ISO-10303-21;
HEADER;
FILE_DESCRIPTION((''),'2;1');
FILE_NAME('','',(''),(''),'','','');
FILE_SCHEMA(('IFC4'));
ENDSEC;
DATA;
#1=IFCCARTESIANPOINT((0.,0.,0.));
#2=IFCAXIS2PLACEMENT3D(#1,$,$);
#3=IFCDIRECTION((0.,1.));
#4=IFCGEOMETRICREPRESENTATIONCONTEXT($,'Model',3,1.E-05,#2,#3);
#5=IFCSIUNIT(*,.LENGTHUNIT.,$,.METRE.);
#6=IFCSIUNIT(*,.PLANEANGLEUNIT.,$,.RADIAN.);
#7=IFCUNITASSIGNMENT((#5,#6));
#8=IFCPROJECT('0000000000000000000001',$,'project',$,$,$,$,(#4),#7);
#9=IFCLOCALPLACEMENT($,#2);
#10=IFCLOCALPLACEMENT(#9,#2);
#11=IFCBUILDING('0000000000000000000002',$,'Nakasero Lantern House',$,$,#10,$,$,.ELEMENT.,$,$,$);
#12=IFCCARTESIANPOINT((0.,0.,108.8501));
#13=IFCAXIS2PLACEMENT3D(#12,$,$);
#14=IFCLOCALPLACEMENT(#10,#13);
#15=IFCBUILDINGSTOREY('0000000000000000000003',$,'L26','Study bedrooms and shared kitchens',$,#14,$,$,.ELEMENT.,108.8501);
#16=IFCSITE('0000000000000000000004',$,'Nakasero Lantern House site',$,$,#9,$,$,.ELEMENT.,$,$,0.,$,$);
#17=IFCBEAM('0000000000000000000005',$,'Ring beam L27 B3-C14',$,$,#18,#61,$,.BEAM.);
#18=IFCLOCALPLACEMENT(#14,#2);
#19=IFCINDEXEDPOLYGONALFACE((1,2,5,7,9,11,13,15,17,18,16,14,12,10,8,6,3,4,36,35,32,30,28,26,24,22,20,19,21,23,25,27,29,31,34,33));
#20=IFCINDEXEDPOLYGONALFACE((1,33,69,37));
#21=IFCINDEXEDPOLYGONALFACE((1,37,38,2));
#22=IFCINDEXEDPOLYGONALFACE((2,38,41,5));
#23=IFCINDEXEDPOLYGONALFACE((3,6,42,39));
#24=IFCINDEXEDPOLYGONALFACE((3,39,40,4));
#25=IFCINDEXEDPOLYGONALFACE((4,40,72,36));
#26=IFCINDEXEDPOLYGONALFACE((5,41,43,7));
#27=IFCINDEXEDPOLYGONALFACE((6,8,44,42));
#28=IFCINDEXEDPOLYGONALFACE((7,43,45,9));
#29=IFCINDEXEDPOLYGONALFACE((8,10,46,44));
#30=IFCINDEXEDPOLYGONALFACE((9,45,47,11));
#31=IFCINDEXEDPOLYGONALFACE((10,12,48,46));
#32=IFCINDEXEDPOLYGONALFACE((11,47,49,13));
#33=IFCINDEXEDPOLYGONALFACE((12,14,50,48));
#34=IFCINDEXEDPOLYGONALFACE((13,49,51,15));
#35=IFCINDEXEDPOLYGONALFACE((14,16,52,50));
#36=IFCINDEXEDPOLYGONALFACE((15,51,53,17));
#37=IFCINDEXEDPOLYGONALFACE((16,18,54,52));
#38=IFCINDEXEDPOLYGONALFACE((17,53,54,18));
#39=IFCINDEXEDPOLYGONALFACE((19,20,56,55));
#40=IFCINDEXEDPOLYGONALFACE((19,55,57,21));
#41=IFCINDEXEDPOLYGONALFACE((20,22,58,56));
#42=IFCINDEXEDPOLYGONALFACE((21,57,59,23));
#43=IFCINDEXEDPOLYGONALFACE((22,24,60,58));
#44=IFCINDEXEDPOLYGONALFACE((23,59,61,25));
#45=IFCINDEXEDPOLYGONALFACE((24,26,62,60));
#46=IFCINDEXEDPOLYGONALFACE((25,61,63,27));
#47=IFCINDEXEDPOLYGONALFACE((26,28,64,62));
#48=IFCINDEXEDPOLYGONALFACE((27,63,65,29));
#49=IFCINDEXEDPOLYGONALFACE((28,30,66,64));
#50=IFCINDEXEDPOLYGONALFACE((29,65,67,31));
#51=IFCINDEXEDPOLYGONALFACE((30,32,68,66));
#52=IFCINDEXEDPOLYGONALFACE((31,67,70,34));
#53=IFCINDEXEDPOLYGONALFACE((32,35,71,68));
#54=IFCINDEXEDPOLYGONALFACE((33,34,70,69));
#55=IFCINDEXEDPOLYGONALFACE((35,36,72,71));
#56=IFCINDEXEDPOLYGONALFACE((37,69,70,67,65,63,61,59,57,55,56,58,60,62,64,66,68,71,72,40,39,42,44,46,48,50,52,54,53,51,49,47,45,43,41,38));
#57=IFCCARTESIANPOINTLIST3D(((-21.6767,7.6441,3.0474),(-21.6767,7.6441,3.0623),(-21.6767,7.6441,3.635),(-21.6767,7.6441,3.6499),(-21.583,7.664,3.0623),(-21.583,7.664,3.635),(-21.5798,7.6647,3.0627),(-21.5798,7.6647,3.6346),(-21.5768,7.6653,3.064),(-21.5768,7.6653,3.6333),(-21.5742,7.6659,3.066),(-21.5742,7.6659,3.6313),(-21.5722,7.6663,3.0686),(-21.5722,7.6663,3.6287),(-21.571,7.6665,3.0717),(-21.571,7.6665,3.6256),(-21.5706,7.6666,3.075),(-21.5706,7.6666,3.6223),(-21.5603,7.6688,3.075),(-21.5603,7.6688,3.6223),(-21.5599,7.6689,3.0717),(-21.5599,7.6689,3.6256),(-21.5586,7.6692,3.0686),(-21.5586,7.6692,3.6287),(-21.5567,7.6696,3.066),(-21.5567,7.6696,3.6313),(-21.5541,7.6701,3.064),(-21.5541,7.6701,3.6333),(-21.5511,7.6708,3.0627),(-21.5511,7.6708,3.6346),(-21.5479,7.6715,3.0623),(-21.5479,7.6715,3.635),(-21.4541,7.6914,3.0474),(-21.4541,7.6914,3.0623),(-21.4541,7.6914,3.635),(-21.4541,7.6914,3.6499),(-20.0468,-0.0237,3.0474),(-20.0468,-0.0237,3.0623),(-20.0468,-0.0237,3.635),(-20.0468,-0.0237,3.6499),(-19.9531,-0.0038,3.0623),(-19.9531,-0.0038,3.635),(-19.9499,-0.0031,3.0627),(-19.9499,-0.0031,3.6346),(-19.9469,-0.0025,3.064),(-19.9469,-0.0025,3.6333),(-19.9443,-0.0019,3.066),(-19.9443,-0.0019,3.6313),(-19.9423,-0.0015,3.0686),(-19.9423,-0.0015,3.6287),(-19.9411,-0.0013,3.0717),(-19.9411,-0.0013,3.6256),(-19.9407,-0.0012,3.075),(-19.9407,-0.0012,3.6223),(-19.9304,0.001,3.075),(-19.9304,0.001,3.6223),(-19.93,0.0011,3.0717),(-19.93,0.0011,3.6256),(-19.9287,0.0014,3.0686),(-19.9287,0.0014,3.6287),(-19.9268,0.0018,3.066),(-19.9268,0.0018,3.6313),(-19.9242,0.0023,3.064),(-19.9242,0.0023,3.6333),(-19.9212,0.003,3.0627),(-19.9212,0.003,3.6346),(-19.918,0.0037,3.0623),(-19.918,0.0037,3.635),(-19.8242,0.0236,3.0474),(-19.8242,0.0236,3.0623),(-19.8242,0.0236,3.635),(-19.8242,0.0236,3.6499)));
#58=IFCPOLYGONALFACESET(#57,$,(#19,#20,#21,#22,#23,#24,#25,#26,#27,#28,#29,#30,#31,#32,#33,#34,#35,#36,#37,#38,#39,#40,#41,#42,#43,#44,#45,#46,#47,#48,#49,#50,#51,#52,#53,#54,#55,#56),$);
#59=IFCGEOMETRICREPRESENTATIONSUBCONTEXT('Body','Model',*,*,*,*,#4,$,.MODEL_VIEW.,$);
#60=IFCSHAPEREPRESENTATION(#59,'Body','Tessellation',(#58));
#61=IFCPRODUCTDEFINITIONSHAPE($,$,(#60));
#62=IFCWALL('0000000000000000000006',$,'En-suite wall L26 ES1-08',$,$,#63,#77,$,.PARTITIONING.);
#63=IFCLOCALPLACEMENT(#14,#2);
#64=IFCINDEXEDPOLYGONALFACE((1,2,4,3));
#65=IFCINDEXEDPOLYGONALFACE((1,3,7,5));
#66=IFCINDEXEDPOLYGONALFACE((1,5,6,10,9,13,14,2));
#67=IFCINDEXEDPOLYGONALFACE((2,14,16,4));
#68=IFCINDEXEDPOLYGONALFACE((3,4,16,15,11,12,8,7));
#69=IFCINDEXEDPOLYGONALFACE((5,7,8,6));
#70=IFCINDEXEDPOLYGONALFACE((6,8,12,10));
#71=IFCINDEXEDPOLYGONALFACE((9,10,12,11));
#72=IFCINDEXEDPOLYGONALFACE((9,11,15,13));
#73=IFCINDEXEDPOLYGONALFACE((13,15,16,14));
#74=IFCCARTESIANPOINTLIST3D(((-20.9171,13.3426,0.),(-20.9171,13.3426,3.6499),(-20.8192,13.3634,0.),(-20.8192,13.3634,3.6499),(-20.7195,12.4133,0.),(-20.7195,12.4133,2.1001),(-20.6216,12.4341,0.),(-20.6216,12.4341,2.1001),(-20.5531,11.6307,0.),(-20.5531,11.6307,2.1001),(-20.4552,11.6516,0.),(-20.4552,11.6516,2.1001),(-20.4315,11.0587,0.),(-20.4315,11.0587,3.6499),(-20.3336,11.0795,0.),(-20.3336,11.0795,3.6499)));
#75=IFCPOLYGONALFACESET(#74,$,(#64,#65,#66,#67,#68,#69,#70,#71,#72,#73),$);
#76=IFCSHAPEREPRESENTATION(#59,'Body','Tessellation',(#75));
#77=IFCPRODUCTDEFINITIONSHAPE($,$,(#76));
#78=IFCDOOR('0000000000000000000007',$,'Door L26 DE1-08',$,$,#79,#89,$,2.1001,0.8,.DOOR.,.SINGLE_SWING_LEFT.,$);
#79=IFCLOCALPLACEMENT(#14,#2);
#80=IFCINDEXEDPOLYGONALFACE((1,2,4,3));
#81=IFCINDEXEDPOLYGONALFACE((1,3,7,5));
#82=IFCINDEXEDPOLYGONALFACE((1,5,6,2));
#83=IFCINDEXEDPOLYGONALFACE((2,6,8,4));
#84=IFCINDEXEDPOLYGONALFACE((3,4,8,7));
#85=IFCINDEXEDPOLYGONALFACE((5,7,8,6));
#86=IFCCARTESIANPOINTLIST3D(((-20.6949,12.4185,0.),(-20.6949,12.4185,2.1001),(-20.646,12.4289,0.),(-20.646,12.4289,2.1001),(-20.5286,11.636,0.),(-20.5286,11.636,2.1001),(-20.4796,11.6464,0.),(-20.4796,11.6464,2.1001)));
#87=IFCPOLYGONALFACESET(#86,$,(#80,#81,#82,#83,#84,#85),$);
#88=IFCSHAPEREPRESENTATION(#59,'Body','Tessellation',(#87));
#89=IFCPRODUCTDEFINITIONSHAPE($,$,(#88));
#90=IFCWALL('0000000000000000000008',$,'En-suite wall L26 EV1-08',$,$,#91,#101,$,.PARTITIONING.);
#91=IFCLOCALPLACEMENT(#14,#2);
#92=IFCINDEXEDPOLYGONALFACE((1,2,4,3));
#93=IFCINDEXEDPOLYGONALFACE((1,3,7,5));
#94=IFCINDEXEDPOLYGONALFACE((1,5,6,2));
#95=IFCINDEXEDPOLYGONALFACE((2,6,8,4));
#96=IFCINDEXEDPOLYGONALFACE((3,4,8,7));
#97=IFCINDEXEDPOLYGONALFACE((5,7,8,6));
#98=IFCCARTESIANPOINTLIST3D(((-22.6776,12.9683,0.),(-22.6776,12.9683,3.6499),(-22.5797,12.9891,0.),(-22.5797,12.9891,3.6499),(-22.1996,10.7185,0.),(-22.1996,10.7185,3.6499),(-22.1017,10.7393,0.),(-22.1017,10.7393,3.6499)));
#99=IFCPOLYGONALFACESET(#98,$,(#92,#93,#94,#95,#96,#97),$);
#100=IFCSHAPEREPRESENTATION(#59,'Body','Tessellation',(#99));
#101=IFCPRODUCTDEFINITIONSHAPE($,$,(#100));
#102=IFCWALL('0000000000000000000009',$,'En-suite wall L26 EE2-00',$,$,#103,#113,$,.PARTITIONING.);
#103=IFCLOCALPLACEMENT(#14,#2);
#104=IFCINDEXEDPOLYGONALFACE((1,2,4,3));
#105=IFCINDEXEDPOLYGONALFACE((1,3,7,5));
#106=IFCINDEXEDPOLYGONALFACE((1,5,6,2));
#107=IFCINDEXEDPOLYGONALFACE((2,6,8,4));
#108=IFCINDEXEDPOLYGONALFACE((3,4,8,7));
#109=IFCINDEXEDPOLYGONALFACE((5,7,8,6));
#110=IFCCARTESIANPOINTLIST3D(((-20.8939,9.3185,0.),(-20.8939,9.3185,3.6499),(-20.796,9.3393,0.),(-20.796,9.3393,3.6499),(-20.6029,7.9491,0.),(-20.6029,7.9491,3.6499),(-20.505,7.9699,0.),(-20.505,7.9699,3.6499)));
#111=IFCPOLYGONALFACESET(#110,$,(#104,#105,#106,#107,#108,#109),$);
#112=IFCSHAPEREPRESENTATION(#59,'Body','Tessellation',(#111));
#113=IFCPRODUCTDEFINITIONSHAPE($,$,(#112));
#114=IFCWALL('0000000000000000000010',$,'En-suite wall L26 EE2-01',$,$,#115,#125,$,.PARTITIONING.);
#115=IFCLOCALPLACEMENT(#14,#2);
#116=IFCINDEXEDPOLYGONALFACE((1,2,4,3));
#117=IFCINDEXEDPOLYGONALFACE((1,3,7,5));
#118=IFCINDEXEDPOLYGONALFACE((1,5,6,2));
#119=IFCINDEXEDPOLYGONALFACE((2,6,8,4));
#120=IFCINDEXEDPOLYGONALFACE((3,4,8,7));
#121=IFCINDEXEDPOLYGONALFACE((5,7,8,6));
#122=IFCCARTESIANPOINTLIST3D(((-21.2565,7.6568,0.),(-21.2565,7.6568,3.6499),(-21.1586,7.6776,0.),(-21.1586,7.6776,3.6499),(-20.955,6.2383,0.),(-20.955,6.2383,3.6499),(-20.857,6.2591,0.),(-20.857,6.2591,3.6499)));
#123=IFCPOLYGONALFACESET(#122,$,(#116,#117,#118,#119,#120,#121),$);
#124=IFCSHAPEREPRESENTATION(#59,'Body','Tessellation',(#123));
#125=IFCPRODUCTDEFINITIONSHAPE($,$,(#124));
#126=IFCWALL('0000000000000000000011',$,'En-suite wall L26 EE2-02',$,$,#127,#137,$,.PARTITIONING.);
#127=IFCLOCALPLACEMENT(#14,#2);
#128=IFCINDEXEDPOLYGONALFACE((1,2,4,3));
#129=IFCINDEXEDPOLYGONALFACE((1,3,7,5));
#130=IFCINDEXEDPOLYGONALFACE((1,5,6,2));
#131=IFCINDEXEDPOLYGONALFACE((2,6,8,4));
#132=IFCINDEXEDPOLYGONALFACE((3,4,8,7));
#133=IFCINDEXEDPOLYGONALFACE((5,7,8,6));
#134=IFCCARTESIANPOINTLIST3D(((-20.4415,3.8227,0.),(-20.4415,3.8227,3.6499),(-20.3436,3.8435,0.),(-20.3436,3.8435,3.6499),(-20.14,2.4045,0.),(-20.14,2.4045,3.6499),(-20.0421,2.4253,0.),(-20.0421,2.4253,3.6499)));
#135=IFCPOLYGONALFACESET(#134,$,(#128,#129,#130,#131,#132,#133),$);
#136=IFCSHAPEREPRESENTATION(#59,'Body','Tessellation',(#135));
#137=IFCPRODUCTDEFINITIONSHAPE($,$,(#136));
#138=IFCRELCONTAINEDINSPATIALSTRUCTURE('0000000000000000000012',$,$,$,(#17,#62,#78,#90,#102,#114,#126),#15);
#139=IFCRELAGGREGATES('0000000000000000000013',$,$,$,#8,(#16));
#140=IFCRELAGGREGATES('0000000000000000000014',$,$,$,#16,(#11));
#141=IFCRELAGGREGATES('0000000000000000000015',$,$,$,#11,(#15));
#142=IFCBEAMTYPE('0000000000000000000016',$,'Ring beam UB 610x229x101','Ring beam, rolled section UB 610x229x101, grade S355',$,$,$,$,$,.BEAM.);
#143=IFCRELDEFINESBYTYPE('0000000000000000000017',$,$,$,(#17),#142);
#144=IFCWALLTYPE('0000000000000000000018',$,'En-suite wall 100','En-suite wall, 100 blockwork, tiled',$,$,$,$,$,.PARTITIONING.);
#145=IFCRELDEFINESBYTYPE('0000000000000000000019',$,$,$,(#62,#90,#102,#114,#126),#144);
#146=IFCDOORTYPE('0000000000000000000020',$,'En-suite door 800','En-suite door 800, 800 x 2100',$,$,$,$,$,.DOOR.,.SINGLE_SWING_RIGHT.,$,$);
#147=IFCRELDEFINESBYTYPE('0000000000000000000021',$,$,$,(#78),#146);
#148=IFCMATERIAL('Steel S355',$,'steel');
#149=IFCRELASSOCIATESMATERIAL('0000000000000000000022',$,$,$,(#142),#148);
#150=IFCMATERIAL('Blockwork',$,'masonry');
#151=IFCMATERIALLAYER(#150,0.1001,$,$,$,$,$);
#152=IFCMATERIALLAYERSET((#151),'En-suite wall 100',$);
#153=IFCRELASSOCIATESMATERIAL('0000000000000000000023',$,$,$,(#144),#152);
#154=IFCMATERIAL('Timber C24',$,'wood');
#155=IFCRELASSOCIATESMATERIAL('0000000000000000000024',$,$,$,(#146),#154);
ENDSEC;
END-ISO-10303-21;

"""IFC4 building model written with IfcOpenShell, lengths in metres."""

from ifc_helpers import new_model, si_unit, direction, frame, frame_2d, origin, origin_2d, place, context, subcontext, project, spatial, rectangle, i_section, extrude, material, layer, layer_set, material_profile, profile_set, type_object, element, fill, save


model = new_model("IFC4")

# Units and contexts
model_context = context("Model", 3, precision=1e-05, world=origin(), true_north=direction((0.0, 1.0)))
body_context = subcontext(model_context, "Body", "Model", "MODEL_VIEW")
ifc_project = project(units=[si_unit("LENGTHUNIT", "METRE"), si_unit("PLANEANGLEUNIT", "RADIAN")], contexts=[model_context])

# Site, building, storey
site_placement = place(None, origin())
site = spatial("IfcSite", under=ifc_project, at=site_placement, Name="Nakasero Lantern House site", CompositionType="ELEMENT", RefElevation=0.0)
building_placement = place(site_placement, origin())
building = spatial("IfcBuilding", under=site, at=building_placement, Name="Nakasero Lantern House", CompositionType="ELEMENT")
storey_placement = place(building_placement, frame((0.0, 0.0, 108.8501)))
storey = spatial("IfcBuildingStorey", under=building, at=storey_placement, Name="L26", Description="Study bedrooms and shared kitchens", CompositionType="ELEMENT", Elevation=108.8501)

# Beam
ifc_material_1 = material(Name="Steel S355", Category="steel")
ifc_material_profile_1 = material_profile(ifc_material_1, i_section(OverallWidth=0.2275, OverallDepth=0.6025, WebThickness=0.0105, FlangeThickness=0.0149, FilletRadius=0.0127, at=origin_2d()), Name="UB 610x229x101")
ifc_profile_set_1 = profile_set([ifc_material_profile_1], Name="Steel S355")
beam_type_1 = type_object("IfcBeamType", Name="Ring beam UB 610x229x101", Description="Ring beam, rolled section UB 610x229x101, grade S355", PredefinedType="BEAM", material=ifc_profile_set_1)
beam_1_placement = place(storey_placement, frame((-21.5654, 7.6677, 3.3486), z_axis=(0.207919, -0.978146, 0.0), x_axis=(0.978146, 0.207919, 0.0)))
element("IfcBeam", 1, at=beam_1_placement, inside=storey, type_object=beam_type_1, Name="Ring beam L27 B3-C14", PredefinedType="BEAM", context=body_context, shape_type="SweptSolid", body=[
    extrude(i_section(OverallWidth=0.2275, OverallDepth=0.6025, WebThickness=0.0105, FlangeThickness=0.0149, FilletRadius=0.0127, at=origin_2d()), origin(), (0.0, 0.0, 1.0), 7.8391),
])

# Wall, opening, door
ifc_material_2 = material(Name="Blockwork", Category="masonry")
ifc_layer_1 = layer(ifc_material_2, 0.1001)
ifc_layer_set_1 = layer_set([ifc_layer_1], Name="En-suite wall 100")
wall_type_1 = type_object("IfcWallType", Name="En-suite wall 100", Description="En-suite wall, 100 blockwork, tiled", PredefinedType="PARTITIONING", material=ifc_layer_set_1)
wall_1_placement = place(storey_placement, frame((-20.3826, 11.0691, 0.0), z_axis=(0.0, 0.0, 1.0), x_axis=(-0.207965, 0.978136, 0.0)))
wall_1 = element("IfcWall", 2, at=wall_1_placement, inside=storey, type_object=wall_type_1, Name="En-suite wall L26 ES1-08", PredefinedType="PARTITIONING", context=body_context, shape_type="SweptSolid", body=[
    extrude(rectangle(XDim=2.335, YDim=0.1001, at=frame_2d((1.1675, 0.0))), origin(), (0.0, 0.0, 1.0), 3.6499),
])
opening_1_placement = place(wall_1_placement, frame((0.585, 0.0, 0.0)))
opening_1 = element("IfcOpeningElement", 3, at=opening_1_placement, cuts=wall_1, PredefinedType="OPENING", context=body_context, shape_type="SweptSolid", body=[
    extrude(rectangle(XDim=0.8, YDim=2.1001, at=frame_2d((0.3999, 1.05))), frame((0.0, 0.0701, 0.0), z_axis=(0.0, -1.0, 0.0), x_axis=(1.0, 0.0, 0.0)), (0.0, 0.0, 1.0), 0.1401),
])
ifc_material_3 = material(Name="Timber C24", Category="wood")
door_type_1 = type_object("IfcDoorType", Name="En-suite door 800", Description="En-suite door 800, 800 x 2100", OperationType="SINGLE_SWING_RIGHT", PredefinedType="DOOR", material=ifc_material_3)
door_1_placement = place(opening_1_placement, origin())
door_1 = element("IfcDoor", 4, at=door_1_placement, inside=storey, type_object=door_type_1, Name="Door L26 DE1-08", OperationType="SINGLE_SWING_LEFT", OverallHeight=2.1001, OverallWidth=0.8, PredefinedType="DOOR", context=body_context, shape_type="SweptSolid", body=[
    extrude(rectangle(XDim=0.8, YDim=2.1001, at=frame_2d((0.3999, 1.05))), frame((0.0, 0.0249, 0.0), z_axis=(0.0, -1.0, 0.0), x_axis=(1.0, 0.0, 0.0)), (0.0, 0.0, 1.0), 0.05),
])
fill(opening_1, door_1)

# Walls
wall_2_placement = place(storey_placement, frame((-22.1506, 10.729, 0.0), z_axis=(0.0, 0.0, 1.0), x_axis=(-0.20784, 0.978163, 0.0)))
element("IfcWall", 5, at=wall_2_placement, inside=storey, type_object=wall_type_1, Name="En-suite wall L26 EV1-08", PredefinedType="PARTITIONING", context=body_context, shape_type="SweptSolid", body=[
    extrude(rectangle(XDim=2.3, YDim=0.1001, at=frame_2d((1.1499, 0.0))), origin(), (0.0, 0.0, 1.0), 3.6499),
])
wall_3_placement = place(storey_placement, frame((-20.845, 9.3289, 0.0), z_axis=(0.0, 0.0, 1.0), x_axis=(0.207873, -0.978156, 0.0)))
element("IfcWall", 6, at=wall_3_placement, inside=storey, type_object=wall_type_1, Name="En-suite wall L26 EE2-00", PredefinedType="PARTITIONING", context=body_context, shape_type="SweptSolid", body=[
    extrude(rectangle(XDim=1.3999, YDim=0.1001, at=frame_2d((0.7, 0.0))), origin(), (0.0, 0.0, 1.0), 3.6499),
])
wall_4_placement = place(storey_placement, frame((-21.2075, 7.6672, 0.0), z_axis=(0.0, 0.0, 1.0), x_axis=(0.207919, -0.978146, 0.0)))
element("IfcWall", 7, at=wall_4_placement, inside=storey, type_object=wall_type_1, Name="En-suite wall L26 EE2-01", PredefinedType="PARTITIONING", context=body_context, shape_type="SweptSolid", body=[
    extrude(rectangle(XDim=1.4502, YDim=0.1001, at=frame_2d((0.7251, 0.0))), origin(), (0.0, 0.0, 1.0), 3.6499),
])
wall_5_placement = place(storey_placement, frame((-20.3926, 3.8333, 0.0), z_axis=(0.0, 0.0, 1.0), x_axis=(0.207953, -0.978139, 0.0)))
element("IfcWall", 8, at=wall_5_placement, inside=storey, type_object=wall_type_1, Name="En-suite wall L26 EE2-02", PredefinedType="PARTITIONING", context=body_context, shape_type="SweptSolid", body=[
    extrude(rectangle(XDim=1.45, YDim=0.1001, at=frame_2d((0.7251, 0.0))), origin(), (0.0, 0.0, 1.0), 3.6499),
])

save(model, "model.ifc")
